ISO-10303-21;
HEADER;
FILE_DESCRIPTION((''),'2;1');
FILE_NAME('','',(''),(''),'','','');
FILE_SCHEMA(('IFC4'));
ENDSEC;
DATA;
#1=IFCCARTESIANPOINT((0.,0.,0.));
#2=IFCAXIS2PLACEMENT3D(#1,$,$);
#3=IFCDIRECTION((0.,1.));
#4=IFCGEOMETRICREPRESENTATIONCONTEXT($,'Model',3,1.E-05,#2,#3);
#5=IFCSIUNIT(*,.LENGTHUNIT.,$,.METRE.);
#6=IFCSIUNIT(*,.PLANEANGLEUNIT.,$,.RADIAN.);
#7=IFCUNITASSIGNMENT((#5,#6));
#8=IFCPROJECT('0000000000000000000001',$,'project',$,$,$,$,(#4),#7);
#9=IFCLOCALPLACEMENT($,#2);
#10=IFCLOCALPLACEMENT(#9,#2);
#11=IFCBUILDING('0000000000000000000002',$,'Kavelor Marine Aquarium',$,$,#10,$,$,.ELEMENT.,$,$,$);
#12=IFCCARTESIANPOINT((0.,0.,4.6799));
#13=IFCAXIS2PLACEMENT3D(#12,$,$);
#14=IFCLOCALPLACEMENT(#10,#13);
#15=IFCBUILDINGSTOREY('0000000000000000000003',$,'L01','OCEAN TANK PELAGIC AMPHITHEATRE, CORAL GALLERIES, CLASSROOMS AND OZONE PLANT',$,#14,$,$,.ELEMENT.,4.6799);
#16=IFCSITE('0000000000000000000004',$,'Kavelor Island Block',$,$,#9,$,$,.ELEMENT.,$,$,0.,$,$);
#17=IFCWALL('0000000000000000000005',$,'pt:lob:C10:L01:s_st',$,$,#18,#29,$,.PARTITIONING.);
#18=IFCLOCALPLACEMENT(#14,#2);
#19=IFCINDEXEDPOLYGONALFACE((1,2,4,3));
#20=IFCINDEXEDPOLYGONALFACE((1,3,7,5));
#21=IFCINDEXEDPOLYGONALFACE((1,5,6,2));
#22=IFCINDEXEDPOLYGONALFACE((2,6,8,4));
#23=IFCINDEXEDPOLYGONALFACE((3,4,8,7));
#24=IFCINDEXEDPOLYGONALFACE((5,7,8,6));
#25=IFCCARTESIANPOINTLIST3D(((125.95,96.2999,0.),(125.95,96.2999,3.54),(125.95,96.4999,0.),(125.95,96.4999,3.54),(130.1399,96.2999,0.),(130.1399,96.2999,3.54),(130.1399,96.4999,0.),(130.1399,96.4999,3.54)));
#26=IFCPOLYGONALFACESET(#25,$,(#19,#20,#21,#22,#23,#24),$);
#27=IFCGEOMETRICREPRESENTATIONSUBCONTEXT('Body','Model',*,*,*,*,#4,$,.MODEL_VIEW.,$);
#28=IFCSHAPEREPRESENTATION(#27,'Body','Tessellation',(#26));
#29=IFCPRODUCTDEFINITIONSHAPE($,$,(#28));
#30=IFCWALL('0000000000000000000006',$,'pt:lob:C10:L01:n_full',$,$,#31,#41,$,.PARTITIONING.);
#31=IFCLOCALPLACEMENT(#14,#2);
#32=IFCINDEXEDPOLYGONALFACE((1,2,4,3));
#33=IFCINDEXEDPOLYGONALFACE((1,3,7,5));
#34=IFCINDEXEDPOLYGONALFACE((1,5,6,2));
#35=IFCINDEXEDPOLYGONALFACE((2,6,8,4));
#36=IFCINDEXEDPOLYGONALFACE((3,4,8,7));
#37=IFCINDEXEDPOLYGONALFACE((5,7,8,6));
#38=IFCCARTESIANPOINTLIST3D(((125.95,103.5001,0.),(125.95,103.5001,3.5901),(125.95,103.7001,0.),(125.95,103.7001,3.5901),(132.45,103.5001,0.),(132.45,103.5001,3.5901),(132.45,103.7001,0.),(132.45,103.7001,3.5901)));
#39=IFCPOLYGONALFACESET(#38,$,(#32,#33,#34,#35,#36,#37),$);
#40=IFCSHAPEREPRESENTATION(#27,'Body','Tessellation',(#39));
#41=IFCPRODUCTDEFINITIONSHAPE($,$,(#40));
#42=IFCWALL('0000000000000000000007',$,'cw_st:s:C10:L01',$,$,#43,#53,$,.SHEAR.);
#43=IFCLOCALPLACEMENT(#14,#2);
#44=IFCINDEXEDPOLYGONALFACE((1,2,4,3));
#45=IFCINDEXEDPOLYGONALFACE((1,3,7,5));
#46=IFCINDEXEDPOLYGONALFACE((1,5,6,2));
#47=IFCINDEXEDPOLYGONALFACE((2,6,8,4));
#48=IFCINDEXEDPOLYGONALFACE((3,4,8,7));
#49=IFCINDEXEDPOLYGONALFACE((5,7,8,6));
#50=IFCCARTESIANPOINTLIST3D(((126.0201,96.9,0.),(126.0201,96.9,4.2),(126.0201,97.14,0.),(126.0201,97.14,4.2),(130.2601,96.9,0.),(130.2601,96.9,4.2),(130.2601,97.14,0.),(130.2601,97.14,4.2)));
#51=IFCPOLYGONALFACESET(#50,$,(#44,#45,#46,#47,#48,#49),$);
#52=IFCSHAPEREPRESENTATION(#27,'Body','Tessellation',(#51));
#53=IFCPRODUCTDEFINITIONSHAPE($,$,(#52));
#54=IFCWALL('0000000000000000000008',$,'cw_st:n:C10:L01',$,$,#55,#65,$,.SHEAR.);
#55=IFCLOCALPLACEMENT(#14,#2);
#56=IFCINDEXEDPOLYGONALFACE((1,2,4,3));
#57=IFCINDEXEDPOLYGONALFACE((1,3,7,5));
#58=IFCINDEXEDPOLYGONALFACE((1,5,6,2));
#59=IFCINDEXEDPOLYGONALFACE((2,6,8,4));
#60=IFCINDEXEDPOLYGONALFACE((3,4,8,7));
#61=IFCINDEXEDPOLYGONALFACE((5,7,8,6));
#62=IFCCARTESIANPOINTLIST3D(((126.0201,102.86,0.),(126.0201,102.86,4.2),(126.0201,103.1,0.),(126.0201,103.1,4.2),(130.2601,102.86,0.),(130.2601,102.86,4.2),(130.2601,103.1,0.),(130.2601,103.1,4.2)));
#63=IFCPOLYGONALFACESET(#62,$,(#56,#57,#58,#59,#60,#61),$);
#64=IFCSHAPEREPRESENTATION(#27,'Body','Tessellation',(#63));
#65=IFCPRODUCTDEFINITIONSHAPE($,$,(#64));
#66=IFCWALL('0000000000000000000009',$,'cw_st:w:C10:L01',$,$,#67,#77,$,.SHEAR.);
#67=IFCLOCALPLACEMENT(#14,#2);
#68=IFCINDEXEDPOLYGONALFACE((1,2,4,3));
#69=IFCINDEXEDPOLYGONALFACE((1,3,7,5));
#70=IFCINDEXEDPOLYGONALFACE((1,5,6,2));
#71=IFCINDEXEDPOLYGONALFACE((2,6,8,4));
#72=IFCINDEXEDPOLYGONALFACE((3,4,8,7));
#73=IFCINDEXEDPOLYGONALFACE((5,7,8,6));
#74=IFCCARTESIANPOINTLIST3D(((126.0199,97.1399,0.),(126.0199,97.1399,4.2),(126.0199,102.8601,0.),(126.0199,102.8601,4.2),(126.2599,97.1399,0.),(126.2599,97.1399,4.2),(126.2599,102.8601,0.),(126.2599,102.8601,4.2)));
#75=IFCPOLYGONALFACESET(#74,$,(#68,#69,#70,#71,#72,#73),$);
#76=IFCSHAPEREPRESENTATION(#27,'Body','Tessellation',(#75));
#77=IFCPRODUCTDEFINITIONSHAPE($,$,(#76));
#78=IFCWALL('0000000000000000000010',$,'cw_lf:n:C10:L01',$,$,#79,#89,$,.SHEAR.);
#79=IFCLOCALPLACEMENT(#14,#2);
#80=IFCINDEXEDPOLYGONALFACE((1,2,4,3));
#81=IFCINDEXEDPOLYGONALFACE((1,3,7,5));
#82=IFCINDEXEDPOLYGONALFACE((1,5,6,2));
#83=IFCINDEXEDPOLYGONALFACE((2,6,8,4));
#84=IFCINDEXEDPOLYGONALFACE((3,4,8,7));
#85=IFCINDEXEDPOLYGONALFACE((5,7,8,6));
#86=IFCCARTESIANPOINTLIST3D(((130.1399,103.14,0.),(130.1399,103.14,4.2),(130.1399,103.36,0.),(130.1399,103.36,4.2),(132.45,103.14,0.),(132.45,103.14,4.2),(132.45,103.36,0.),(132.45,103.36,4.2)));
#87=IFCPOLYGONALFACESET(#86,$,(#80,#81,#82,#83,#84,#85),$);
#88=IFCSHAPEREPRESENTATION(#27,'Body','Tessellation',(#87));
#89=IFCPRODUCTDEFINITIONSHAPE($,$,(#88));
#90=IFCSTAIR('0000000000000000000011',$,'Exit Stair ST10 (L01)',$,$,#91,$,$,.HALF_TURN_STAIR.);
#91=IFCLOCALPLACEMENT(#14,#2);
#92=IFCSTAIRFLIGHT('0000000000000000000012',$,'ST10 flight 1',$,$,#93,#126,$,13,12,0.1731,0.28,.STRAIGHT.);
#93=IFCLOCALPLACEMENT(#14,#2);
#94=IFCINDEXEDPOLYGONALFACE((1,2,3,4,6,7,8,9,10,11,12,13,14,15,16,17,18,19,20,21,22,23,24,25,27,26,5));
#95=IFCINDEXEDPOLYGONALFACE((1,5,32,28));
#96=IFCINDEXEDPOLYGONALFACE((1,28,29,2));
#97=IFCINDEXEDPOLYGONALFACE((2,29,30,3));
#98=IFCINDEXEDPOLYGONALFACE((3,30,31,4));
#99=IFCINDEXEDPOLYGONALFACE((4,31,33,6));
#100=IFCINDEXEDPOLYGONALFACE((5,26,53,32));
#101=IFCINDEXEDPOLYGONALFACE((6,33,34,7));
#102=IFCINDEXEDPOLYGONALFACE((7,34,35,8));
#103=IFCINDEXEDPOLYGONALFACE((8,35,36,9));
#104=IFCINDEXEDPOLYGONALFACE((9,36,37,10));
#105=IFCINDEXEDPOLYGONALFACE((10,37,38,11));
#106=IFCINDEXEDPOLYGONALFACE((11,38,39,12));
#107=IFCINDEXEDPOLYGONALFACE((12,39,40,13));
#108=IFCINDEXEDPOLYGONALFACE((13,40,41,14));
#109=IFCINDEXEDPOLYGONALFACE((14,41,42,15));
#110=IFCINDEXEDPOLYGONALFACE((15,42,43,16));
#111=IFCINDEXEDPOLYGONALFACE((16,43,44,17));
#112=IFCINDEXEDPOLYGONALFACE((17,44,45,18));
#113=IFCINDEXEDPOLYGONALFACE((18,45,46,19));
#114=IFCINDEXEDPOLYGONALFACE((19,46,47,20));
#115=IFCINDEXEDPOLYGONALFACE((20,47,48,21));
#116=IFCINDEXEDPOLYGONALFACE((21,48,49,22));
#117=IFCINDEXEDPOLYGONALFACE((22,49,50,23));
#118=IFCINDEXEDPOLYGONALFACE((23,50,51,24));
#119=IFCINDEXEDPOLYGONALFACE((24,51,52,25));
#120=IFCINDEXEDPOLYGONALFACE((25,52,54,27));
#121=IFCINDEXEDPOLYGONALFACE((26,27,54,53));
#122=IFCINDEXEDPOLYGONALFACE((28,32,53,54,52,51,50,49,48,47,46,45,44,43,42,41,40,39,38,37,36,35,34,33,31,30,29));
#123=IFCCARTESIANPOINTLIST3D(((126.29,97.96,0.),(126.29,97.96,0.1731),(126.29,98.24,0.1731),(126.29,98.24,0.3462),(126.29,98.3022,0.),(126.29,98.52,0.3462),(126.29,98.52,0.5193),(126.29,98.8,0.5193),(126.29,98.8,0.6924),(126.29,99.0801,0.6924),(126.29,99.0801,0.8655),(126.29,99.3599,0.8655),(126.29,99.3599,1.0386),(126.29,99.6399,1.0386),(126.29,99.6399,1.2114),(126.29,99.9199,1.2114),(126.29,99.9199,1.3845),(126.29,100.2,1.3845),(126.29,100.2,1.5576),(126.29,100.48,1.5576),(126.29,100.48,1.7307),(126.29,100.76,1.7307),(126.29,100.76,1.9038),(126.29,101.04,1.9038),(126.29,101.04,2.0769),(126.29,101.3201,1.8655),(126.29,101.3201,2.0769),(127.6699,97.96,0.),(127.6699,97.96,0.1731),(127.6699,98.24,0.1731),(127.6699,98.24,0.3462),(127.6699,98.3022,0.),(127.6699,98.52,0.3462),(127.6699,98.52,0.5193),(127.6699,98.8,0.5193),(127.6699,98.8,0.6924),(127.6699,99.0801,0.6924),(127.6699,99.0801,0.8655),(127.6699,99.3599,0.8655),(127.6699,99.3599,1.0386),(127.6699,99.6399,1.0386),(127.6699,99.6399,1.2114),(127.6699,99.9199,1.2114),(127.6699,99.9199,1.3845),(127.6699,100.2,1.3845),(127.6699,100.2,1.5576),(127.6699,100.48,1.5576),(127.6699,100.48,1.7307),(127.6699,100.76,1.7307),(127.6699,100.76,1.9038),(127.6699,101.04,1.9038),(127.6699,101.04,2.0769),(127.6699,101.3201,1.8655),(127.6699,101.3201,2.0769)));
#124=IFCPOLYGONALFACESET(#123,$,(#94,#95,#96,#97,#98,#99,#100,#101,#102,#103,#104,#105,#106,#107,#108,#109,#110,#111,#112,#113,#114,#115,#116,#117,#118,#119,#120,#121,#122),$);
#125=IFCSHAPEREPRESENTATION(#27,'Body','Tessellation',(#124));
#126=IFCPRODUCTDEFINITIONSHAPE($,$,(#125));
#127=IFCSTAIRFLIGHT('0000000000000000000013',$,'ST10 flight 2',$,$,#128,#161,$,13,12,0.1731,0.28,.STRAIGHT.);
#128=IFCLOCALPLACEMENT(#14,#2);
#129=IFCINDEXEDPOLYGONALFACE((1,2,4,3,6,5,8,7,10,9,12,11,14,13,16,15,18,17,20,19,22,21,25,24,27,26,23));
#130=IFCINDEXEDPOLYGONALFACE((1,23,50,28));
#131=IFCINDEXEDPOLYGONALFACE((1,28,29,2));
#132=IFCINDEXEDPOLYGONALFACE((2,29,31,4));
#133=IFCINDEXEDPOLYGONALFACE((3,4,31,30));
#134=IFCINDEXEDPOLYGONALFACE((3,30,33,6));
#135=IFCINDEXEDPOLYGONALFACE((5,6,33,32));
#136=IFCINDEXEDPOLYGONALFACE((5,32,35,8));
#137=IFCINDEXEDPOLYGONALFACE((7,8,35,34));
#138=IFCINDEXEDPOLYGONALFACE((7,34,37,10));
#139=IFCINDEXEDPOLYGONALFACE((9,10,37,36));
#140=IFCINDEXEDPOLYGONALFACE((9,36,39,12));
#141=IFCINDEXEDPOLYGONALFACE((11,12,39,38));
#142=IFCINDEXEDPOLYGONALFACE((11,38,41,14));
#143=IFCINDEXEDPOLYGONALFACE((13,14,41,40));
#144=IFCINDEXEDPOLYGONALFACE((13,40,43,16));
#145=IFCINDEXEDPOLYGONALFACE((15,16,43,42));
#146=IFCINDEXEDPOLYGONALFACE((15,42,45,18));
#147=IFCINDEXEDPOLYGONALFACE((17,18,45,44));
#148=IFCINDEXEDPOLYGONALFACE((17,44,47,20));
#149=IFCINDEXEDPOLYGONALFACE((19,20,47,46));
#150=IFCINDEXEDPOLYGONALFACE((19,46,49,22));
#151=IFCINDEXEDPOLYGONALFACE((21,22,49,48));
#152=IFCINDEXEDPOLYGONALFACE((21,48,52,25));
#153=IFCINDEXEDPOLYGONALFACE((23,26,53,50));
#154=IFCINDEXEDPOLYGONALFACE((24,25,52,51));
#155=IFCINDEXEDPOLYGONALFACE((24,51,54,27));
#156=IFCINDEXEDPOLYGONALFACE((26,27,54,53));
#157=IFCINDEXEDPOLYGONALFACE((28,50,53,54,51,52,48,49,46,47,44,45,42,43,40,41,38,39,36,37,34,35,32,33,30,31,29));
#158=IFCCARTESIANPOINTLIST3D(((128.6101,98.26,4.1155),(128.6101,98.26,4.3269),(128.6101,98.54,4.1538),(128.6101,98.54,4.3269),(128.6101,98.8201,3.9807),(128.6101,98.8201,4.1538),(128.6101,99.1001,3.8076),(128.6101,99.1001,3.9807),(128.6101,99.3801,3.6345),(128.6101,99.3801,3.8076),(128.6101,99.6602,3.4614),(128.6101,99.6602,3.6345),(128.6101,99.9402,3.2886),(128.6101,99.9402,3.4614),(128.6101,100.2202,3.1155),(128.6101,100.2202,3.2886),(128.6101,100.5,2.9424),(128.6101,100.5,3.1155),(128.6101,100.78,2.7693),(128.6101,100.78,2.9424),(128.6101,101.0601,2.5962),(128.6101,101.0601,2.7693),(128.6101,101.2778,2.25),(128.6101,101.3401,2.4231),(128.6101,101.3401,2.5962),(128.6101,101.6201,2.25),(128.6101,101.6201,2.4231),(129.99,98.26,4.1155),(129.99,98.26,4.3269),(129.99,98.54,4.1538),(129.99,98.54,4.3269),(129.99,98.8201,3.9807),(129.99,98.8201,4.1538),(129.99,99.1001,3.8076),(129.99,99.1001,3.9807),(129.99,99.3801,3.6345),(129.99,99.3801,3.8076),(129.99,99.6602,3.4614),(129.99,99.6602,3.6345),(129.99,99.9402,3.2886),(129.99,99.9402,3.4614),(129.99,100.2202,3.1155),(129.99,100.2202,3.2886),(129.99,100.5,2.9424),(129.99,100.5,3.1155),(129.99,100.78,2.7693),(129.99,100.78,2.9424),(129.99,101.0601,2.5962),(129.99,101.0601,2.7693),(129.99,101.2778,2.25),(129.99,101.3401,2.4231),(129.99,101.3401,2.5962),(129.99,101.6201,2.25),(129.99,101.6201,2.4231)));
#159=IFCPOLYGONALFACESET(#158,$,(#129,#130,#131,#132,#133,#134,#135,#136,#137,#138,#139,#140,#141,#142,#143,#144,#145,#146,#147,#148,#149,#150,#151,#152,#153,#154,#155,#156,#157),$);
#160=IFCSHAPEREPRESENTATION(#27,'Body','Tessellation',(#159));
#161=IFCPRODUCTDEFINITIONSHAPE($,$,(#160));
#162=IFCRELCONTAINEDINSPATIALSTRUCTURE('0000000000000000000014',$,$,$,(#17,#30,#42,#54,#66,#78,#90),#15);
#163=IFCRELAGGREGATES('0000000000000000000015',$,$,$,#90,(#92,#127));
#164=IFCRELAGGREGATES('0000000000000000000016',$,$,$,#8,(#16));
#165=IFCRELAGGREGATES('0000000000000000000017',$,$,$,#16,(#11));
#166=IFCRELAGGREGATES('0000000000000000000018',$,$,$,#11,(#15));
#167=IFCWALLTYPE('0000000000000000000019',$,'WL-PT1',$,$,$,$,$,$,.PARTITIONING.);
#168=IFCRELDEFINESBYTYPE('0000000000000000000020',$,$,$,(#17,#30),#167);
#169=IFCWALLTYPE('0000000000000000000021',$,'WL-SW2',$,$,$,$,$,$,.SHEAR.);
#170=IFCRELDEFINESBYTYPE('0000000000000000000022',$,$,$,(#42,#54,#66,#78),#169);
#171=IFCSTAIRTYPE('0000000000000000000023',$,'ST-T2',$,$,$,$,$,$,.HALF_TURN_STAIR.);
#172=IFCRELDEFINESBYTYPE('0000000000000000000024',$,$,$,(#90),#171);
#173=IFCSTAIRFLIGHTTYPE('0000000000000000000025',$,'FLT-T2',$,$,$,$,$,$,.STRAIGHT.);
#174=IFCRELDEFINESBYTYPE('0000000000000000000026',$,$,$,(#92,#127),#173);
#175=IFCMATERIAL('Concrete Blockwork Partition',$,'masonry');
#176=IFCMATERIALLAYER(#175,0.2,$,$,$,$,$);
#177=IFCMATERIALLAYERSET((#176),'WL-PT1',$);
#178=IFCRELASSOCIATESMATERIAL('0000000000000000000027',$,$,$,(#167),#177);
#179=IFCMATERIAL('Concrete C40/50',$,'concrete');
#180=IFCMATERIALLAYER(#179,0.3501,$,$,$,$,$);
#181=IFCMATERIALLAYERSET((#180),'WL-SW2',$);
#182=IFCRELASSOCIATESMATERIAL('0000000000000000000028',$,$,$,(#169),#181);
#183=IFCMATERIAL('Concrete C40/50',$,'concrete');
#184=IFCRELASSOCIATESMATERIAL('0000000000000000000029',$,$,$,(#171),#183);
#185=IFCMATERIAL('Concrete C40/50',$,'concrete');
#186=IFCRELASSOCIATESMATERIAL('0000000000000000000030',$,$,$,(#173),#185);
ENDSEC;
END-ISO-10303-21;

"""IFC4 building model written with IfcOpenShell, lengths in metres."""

from ifc_helpers import new_model, si_unit, direction, frame, frame_2d, origin, place, context, subcontext, project, spatial, polyline, rectangle, outline, extrude, material, layer, layer_set, type_object, element, aggregate, save


model = new_model("IFC4")

# Units and contexts
model_context = context("Model", 3, precision=1e-05, world=origin(), true_north=direction((0.0, 1.0)))
body_context = subcontext(model_context, "Body", "Model", "MODEL_VIEW")
ifc_project = project(units=[si_unit("LENGTHUNIT", "METRE"), si_unit("PLANEANGLEUNIT", "RADIAN")], contexts=[model_context])

# Site, building, storey
site_placement = place(None, origin())
site = spatial("IfcSite", under=ifc_project, at=site_placement, Name="Kavelor Island Block", CompositionType="ELEMENT", RefElevation=0.0)
building_placement = place(site_placement, origin())
building = spatial("IfcBuilding", under=site, at=building_placement, Name="Kavelor Marine Aquarium", CompositionType="ELEMENT")
storey_placement = place(building_placement, frame((0.0, 0.0, 4.6799)))
storey = spatial("IfcBuildingStorey", under=building, at=storey_placement, Name="L01", Description="OCEAN TANK PELAGIC AMPHITHEATRE, CORAL GALLERIES, CLASSROOMS AND OZONE PLANT", CompositionType="ELEMENT", Elevation=4.6799)

# Wall
ifc_material_1 = material(Name="Concrete Blockwork Partition", Category="masonry")
ifc_layer_1 = layer(ifc_material_1, 0.2)
ifc_layer_set_1 = layer_set([ifc_layer_1], Name="WL-PT1")
wall_type_1 = type_object("IfcWallType", Name="WL-PT1", PredefinedType="PARTITIONING", material=ifc_layer_set_1)
wall_1_placement = place(storey_placement, frame((125.95, 96.3999, 0.0), z_axis=(0.0, 0.0, 1.0), x_axis=(1.0, 0.0, 0.0)))
element("IfcWall", 1, at=wall_1_placement, inside=storey, type_object=wall_type_1, Name="pt:lob:C10:L01:s_st", PredefinedType="PARTITIONING", context=body_context, shape_type="SweptSolid", body=[
    extrude(rectangle(XDim=4.1899, YDim=0.2, at=frame_2d((2.095, 0.0))), origin(), (0.0, 0.0, 1.0), 3.54),
])

# Walls
wall_2_placement = place(storey_placement, frame((125.95, 103.6001, 0.0), z_axis=(0.0, 0.0, 1.0), x_axis=(1.0, 0.0, 0.0)))
element("IfcWall", 2, at=wall_2_placement, inside=storey, type_object=wall_type_1, Name="pt:lob:C10:L01:n_full", PredefinedType="PARTITIONING", context=body_context, shape_type="SweptSolid", body=[
    extrude(rectangle(XDim=6.5, YDim=0.2, at=frame_2d((3.25, 0.0))), origin(), (0.0, 0.0, 1.0), 3.5901),
])
ifc_material_2 = material(Name="Concrete C40/50", Category="concrete")
ifc_layer_2 = layer(ifc_material_2, 0.3501)
ifc_layer_set_2 = layer_set([ifc_layer_2], Name="WL-SW2")
wall_type_2 = type_object("IfcWallType", Name="WL-SW2", PredefinedType="SHEAR", material=ifc_layer_set_2)
for number, where, z_axis, x_axis, name in (
    (3, (126.02, 97.02, 0.0), (0.0, 0.0, 1.0), (1.0, 0.0, 0.0), "cw_st:s:C10:L01"),
    (4, (126.02, 102.98, 0.0), (0.0, 0.0, 1.0), (1.0, 0.0, 0.0), "cw_st:n:C10:L01"),
):
    element("IfcWall", number, at=place(storey_placement, frame(where, z_axis=z_axis, x_axis=x_axis)), inside=storey, type_object=wall_type_2, Name=name, PredefinedType="SHEAR", context=body_context, shape_type="SweptSolid", body=[
        extrude(rectangle(XDim=4.24, YDim=0.24, at=frame_2d((2.1201, 0.0))), origin(), (0.0, 0.0, 1.0), 4.2),
    ])
wall_3_placement = place(storey_placement, frame((126.1399, 97.1399, 0.0), z_axis=(0.0, 0.0, 1.0), x_axis=(0.0, 1.0, 0.0)))
element("IfcWall", 5, at=wall_3_placement, inside=storey, type_object=wall_type_2, Name="cw_st:w:C10:L01", PredefinedType="SHEAR", context=body_context, shape_type="SweptSolid", body=[
    extrude(rectangle(XDim=5.7202, YDim=0.24, at=frame_2d((2.8601, 0.0))), origin(), (0.0, 0.0, 1.0), 4.2),
])

# Wall
wall_4_placement = place(storey_placement, frame((130.1399, 103.25, 0.0), z_axis=(0.0, 0.0, 1.0), x_axis=(1.0, 0.0, 0.0)))
element("IfcWall", 6, at=wall_4_placement, inside=storey, type_object=wall_type_2, Name="cw_lf:n:C10:L01", PredefinedType="SHEAR", context=body_context, shape_type="SweptSolid", body=[
    extrude(rectangle(XDim=2.3101, YDim=0.22, at=frame_2d((1.155, 0.0))), origin(), (0.0, 0.0, 1.0), 4.2),
])

# Stair, stair flights
ifc_material_3 = material(Name="Concrete C40/50", Category="concrete")
stair_type = type_object("IfcStairType", Name="ST-T2", PredefinedType="HALF_TURN_STAIR", material=ifc_material_3)
stair_placement = place(storey_placement, origin())
stair = element("IfcStair", 7, at=stair_placement, inside=storey, type_object=stair_type, Name="Exit Stair ST10 (L01)", PredefinedType="HALF_TURN_STAIR")
ifc_material_4 = material(Name="Concrete C40/50", Category="concrete")
stair_flight_type = type_object("IfcStairFlightType", Name="FLT-T2", PredefinedType="STRAIGHT", material=ifc_material_4)
stair_flight_1_placement = place(storey_placement, frame((126.98, 97.96, 0.0), z_axis=(0.0, 0.0, 1.0), x_axis=(0.0, 1.0, 0.0)))
stair_flight_1 = element("IfcStairFlight", 8, at=stair_flight_1_placement, type_object=stair_flight_type, Name="ST10 flight 1", NumberOfRisers=13, NumberOfTreads=12, PredefinedType="STRAIGHT", RiserHeight=0.1731, TreadLength=0.28, context=body_context, shape_type="SweptSolid", body=[
    extrude(outline(polyline([(0.0, 0.0), (0.0, 0.1731), (0.28, 0.1731), (0.28, 0.3462), (0.5601, 0.3462), (0.5601, 0.5193), (0.8401, 0.5193), (0.8401, 0.6924), (1.1201, 0.6924), (1.1201, 0.8655), (1.3999, 0.8655), (1.3999, 1.0386), (1.6799, 1.0386), (1.6799, 1.2114), (1.96, 1.2114), (1.96, 1.3845), (2.24, 1.3845), (2.24, 1.5576), (2.52, 1.5576), (2.52, 1.7307), (2.8, 1.7307), (2.8, 1.9038), (3.0801, 1.9038), (3.0801, 2.0769), (3.3601, 2.0769), (3.3601, 2.25), (3.3601, 1.8655), (0.3423, 0.0), (0.0, 0.0)])), frame((0.0, 0.6899, 0.0), z_axis=(0.0, -1.0, 0.0), x_axis=(1.0, 0.0, 0.0)), (0.0, 0.0, 1.0), 1.3799),
])
stair_flight_2_placement = place(storey_placement, frame((129.3, 101.6201, 2.25), z_axis=(0.0, 0.0, 1.0), x_axis=(0.0, -1.0, 0.0)))
stair_flight_2 = element("IfcStairFlight", 9, at=stair_flight_2_placement, type_object=stair_flight_type, Name="ST10 flight 2", NumberOfRisers=13, NumberOfTreads=12, PredefinedType="STRAIGHT", RiserHeight=0.1731, TreadLength=0.28, context=body_context, shape_type="SweptSolid", body=[
    extrude(outline(polyline([(0.0, 0.0), (0.0, 0.1731), (0.28, 0.1731), (0.28, 0.3462), (0.5601, 0.3462), (0.5601, 0.5193), (0.8401, 0.5193), (0.8401, 0.6924), (1.1201, 0.6924), (1.1201, 0.8655), (1.3999, 0.8655), (1.3999, 1.0386), (1.6799, 1.0386), (1.6799, 1.2114), (1.96, 1.2114), (1.96, 1.3845), (2.24, 1.3845), (2.24, 1.5576), (2.52, 1.5576), (2.52, 1.7307), (2.8, 1.7307), (2.8, 1.9038), (3.0801, 1.9038), (3.0801, 2.0769), (3.3601, 2.0769), (3.3601, 2.25), (3.3601, 1.8655), (0.3423, 0.0), (0.0, 0.0)])), frame((0.0, 0.6899, 0.0), z_axis=(0.0, -1.0, 0.0), x_axis=(1.0, 0.0, 0.0)), (0.0, 0.0, 1.0), 1.3799),
])
aggregate(stair, [stair_flight_1, stair_flight_2])

save(model, "model.ifc")
